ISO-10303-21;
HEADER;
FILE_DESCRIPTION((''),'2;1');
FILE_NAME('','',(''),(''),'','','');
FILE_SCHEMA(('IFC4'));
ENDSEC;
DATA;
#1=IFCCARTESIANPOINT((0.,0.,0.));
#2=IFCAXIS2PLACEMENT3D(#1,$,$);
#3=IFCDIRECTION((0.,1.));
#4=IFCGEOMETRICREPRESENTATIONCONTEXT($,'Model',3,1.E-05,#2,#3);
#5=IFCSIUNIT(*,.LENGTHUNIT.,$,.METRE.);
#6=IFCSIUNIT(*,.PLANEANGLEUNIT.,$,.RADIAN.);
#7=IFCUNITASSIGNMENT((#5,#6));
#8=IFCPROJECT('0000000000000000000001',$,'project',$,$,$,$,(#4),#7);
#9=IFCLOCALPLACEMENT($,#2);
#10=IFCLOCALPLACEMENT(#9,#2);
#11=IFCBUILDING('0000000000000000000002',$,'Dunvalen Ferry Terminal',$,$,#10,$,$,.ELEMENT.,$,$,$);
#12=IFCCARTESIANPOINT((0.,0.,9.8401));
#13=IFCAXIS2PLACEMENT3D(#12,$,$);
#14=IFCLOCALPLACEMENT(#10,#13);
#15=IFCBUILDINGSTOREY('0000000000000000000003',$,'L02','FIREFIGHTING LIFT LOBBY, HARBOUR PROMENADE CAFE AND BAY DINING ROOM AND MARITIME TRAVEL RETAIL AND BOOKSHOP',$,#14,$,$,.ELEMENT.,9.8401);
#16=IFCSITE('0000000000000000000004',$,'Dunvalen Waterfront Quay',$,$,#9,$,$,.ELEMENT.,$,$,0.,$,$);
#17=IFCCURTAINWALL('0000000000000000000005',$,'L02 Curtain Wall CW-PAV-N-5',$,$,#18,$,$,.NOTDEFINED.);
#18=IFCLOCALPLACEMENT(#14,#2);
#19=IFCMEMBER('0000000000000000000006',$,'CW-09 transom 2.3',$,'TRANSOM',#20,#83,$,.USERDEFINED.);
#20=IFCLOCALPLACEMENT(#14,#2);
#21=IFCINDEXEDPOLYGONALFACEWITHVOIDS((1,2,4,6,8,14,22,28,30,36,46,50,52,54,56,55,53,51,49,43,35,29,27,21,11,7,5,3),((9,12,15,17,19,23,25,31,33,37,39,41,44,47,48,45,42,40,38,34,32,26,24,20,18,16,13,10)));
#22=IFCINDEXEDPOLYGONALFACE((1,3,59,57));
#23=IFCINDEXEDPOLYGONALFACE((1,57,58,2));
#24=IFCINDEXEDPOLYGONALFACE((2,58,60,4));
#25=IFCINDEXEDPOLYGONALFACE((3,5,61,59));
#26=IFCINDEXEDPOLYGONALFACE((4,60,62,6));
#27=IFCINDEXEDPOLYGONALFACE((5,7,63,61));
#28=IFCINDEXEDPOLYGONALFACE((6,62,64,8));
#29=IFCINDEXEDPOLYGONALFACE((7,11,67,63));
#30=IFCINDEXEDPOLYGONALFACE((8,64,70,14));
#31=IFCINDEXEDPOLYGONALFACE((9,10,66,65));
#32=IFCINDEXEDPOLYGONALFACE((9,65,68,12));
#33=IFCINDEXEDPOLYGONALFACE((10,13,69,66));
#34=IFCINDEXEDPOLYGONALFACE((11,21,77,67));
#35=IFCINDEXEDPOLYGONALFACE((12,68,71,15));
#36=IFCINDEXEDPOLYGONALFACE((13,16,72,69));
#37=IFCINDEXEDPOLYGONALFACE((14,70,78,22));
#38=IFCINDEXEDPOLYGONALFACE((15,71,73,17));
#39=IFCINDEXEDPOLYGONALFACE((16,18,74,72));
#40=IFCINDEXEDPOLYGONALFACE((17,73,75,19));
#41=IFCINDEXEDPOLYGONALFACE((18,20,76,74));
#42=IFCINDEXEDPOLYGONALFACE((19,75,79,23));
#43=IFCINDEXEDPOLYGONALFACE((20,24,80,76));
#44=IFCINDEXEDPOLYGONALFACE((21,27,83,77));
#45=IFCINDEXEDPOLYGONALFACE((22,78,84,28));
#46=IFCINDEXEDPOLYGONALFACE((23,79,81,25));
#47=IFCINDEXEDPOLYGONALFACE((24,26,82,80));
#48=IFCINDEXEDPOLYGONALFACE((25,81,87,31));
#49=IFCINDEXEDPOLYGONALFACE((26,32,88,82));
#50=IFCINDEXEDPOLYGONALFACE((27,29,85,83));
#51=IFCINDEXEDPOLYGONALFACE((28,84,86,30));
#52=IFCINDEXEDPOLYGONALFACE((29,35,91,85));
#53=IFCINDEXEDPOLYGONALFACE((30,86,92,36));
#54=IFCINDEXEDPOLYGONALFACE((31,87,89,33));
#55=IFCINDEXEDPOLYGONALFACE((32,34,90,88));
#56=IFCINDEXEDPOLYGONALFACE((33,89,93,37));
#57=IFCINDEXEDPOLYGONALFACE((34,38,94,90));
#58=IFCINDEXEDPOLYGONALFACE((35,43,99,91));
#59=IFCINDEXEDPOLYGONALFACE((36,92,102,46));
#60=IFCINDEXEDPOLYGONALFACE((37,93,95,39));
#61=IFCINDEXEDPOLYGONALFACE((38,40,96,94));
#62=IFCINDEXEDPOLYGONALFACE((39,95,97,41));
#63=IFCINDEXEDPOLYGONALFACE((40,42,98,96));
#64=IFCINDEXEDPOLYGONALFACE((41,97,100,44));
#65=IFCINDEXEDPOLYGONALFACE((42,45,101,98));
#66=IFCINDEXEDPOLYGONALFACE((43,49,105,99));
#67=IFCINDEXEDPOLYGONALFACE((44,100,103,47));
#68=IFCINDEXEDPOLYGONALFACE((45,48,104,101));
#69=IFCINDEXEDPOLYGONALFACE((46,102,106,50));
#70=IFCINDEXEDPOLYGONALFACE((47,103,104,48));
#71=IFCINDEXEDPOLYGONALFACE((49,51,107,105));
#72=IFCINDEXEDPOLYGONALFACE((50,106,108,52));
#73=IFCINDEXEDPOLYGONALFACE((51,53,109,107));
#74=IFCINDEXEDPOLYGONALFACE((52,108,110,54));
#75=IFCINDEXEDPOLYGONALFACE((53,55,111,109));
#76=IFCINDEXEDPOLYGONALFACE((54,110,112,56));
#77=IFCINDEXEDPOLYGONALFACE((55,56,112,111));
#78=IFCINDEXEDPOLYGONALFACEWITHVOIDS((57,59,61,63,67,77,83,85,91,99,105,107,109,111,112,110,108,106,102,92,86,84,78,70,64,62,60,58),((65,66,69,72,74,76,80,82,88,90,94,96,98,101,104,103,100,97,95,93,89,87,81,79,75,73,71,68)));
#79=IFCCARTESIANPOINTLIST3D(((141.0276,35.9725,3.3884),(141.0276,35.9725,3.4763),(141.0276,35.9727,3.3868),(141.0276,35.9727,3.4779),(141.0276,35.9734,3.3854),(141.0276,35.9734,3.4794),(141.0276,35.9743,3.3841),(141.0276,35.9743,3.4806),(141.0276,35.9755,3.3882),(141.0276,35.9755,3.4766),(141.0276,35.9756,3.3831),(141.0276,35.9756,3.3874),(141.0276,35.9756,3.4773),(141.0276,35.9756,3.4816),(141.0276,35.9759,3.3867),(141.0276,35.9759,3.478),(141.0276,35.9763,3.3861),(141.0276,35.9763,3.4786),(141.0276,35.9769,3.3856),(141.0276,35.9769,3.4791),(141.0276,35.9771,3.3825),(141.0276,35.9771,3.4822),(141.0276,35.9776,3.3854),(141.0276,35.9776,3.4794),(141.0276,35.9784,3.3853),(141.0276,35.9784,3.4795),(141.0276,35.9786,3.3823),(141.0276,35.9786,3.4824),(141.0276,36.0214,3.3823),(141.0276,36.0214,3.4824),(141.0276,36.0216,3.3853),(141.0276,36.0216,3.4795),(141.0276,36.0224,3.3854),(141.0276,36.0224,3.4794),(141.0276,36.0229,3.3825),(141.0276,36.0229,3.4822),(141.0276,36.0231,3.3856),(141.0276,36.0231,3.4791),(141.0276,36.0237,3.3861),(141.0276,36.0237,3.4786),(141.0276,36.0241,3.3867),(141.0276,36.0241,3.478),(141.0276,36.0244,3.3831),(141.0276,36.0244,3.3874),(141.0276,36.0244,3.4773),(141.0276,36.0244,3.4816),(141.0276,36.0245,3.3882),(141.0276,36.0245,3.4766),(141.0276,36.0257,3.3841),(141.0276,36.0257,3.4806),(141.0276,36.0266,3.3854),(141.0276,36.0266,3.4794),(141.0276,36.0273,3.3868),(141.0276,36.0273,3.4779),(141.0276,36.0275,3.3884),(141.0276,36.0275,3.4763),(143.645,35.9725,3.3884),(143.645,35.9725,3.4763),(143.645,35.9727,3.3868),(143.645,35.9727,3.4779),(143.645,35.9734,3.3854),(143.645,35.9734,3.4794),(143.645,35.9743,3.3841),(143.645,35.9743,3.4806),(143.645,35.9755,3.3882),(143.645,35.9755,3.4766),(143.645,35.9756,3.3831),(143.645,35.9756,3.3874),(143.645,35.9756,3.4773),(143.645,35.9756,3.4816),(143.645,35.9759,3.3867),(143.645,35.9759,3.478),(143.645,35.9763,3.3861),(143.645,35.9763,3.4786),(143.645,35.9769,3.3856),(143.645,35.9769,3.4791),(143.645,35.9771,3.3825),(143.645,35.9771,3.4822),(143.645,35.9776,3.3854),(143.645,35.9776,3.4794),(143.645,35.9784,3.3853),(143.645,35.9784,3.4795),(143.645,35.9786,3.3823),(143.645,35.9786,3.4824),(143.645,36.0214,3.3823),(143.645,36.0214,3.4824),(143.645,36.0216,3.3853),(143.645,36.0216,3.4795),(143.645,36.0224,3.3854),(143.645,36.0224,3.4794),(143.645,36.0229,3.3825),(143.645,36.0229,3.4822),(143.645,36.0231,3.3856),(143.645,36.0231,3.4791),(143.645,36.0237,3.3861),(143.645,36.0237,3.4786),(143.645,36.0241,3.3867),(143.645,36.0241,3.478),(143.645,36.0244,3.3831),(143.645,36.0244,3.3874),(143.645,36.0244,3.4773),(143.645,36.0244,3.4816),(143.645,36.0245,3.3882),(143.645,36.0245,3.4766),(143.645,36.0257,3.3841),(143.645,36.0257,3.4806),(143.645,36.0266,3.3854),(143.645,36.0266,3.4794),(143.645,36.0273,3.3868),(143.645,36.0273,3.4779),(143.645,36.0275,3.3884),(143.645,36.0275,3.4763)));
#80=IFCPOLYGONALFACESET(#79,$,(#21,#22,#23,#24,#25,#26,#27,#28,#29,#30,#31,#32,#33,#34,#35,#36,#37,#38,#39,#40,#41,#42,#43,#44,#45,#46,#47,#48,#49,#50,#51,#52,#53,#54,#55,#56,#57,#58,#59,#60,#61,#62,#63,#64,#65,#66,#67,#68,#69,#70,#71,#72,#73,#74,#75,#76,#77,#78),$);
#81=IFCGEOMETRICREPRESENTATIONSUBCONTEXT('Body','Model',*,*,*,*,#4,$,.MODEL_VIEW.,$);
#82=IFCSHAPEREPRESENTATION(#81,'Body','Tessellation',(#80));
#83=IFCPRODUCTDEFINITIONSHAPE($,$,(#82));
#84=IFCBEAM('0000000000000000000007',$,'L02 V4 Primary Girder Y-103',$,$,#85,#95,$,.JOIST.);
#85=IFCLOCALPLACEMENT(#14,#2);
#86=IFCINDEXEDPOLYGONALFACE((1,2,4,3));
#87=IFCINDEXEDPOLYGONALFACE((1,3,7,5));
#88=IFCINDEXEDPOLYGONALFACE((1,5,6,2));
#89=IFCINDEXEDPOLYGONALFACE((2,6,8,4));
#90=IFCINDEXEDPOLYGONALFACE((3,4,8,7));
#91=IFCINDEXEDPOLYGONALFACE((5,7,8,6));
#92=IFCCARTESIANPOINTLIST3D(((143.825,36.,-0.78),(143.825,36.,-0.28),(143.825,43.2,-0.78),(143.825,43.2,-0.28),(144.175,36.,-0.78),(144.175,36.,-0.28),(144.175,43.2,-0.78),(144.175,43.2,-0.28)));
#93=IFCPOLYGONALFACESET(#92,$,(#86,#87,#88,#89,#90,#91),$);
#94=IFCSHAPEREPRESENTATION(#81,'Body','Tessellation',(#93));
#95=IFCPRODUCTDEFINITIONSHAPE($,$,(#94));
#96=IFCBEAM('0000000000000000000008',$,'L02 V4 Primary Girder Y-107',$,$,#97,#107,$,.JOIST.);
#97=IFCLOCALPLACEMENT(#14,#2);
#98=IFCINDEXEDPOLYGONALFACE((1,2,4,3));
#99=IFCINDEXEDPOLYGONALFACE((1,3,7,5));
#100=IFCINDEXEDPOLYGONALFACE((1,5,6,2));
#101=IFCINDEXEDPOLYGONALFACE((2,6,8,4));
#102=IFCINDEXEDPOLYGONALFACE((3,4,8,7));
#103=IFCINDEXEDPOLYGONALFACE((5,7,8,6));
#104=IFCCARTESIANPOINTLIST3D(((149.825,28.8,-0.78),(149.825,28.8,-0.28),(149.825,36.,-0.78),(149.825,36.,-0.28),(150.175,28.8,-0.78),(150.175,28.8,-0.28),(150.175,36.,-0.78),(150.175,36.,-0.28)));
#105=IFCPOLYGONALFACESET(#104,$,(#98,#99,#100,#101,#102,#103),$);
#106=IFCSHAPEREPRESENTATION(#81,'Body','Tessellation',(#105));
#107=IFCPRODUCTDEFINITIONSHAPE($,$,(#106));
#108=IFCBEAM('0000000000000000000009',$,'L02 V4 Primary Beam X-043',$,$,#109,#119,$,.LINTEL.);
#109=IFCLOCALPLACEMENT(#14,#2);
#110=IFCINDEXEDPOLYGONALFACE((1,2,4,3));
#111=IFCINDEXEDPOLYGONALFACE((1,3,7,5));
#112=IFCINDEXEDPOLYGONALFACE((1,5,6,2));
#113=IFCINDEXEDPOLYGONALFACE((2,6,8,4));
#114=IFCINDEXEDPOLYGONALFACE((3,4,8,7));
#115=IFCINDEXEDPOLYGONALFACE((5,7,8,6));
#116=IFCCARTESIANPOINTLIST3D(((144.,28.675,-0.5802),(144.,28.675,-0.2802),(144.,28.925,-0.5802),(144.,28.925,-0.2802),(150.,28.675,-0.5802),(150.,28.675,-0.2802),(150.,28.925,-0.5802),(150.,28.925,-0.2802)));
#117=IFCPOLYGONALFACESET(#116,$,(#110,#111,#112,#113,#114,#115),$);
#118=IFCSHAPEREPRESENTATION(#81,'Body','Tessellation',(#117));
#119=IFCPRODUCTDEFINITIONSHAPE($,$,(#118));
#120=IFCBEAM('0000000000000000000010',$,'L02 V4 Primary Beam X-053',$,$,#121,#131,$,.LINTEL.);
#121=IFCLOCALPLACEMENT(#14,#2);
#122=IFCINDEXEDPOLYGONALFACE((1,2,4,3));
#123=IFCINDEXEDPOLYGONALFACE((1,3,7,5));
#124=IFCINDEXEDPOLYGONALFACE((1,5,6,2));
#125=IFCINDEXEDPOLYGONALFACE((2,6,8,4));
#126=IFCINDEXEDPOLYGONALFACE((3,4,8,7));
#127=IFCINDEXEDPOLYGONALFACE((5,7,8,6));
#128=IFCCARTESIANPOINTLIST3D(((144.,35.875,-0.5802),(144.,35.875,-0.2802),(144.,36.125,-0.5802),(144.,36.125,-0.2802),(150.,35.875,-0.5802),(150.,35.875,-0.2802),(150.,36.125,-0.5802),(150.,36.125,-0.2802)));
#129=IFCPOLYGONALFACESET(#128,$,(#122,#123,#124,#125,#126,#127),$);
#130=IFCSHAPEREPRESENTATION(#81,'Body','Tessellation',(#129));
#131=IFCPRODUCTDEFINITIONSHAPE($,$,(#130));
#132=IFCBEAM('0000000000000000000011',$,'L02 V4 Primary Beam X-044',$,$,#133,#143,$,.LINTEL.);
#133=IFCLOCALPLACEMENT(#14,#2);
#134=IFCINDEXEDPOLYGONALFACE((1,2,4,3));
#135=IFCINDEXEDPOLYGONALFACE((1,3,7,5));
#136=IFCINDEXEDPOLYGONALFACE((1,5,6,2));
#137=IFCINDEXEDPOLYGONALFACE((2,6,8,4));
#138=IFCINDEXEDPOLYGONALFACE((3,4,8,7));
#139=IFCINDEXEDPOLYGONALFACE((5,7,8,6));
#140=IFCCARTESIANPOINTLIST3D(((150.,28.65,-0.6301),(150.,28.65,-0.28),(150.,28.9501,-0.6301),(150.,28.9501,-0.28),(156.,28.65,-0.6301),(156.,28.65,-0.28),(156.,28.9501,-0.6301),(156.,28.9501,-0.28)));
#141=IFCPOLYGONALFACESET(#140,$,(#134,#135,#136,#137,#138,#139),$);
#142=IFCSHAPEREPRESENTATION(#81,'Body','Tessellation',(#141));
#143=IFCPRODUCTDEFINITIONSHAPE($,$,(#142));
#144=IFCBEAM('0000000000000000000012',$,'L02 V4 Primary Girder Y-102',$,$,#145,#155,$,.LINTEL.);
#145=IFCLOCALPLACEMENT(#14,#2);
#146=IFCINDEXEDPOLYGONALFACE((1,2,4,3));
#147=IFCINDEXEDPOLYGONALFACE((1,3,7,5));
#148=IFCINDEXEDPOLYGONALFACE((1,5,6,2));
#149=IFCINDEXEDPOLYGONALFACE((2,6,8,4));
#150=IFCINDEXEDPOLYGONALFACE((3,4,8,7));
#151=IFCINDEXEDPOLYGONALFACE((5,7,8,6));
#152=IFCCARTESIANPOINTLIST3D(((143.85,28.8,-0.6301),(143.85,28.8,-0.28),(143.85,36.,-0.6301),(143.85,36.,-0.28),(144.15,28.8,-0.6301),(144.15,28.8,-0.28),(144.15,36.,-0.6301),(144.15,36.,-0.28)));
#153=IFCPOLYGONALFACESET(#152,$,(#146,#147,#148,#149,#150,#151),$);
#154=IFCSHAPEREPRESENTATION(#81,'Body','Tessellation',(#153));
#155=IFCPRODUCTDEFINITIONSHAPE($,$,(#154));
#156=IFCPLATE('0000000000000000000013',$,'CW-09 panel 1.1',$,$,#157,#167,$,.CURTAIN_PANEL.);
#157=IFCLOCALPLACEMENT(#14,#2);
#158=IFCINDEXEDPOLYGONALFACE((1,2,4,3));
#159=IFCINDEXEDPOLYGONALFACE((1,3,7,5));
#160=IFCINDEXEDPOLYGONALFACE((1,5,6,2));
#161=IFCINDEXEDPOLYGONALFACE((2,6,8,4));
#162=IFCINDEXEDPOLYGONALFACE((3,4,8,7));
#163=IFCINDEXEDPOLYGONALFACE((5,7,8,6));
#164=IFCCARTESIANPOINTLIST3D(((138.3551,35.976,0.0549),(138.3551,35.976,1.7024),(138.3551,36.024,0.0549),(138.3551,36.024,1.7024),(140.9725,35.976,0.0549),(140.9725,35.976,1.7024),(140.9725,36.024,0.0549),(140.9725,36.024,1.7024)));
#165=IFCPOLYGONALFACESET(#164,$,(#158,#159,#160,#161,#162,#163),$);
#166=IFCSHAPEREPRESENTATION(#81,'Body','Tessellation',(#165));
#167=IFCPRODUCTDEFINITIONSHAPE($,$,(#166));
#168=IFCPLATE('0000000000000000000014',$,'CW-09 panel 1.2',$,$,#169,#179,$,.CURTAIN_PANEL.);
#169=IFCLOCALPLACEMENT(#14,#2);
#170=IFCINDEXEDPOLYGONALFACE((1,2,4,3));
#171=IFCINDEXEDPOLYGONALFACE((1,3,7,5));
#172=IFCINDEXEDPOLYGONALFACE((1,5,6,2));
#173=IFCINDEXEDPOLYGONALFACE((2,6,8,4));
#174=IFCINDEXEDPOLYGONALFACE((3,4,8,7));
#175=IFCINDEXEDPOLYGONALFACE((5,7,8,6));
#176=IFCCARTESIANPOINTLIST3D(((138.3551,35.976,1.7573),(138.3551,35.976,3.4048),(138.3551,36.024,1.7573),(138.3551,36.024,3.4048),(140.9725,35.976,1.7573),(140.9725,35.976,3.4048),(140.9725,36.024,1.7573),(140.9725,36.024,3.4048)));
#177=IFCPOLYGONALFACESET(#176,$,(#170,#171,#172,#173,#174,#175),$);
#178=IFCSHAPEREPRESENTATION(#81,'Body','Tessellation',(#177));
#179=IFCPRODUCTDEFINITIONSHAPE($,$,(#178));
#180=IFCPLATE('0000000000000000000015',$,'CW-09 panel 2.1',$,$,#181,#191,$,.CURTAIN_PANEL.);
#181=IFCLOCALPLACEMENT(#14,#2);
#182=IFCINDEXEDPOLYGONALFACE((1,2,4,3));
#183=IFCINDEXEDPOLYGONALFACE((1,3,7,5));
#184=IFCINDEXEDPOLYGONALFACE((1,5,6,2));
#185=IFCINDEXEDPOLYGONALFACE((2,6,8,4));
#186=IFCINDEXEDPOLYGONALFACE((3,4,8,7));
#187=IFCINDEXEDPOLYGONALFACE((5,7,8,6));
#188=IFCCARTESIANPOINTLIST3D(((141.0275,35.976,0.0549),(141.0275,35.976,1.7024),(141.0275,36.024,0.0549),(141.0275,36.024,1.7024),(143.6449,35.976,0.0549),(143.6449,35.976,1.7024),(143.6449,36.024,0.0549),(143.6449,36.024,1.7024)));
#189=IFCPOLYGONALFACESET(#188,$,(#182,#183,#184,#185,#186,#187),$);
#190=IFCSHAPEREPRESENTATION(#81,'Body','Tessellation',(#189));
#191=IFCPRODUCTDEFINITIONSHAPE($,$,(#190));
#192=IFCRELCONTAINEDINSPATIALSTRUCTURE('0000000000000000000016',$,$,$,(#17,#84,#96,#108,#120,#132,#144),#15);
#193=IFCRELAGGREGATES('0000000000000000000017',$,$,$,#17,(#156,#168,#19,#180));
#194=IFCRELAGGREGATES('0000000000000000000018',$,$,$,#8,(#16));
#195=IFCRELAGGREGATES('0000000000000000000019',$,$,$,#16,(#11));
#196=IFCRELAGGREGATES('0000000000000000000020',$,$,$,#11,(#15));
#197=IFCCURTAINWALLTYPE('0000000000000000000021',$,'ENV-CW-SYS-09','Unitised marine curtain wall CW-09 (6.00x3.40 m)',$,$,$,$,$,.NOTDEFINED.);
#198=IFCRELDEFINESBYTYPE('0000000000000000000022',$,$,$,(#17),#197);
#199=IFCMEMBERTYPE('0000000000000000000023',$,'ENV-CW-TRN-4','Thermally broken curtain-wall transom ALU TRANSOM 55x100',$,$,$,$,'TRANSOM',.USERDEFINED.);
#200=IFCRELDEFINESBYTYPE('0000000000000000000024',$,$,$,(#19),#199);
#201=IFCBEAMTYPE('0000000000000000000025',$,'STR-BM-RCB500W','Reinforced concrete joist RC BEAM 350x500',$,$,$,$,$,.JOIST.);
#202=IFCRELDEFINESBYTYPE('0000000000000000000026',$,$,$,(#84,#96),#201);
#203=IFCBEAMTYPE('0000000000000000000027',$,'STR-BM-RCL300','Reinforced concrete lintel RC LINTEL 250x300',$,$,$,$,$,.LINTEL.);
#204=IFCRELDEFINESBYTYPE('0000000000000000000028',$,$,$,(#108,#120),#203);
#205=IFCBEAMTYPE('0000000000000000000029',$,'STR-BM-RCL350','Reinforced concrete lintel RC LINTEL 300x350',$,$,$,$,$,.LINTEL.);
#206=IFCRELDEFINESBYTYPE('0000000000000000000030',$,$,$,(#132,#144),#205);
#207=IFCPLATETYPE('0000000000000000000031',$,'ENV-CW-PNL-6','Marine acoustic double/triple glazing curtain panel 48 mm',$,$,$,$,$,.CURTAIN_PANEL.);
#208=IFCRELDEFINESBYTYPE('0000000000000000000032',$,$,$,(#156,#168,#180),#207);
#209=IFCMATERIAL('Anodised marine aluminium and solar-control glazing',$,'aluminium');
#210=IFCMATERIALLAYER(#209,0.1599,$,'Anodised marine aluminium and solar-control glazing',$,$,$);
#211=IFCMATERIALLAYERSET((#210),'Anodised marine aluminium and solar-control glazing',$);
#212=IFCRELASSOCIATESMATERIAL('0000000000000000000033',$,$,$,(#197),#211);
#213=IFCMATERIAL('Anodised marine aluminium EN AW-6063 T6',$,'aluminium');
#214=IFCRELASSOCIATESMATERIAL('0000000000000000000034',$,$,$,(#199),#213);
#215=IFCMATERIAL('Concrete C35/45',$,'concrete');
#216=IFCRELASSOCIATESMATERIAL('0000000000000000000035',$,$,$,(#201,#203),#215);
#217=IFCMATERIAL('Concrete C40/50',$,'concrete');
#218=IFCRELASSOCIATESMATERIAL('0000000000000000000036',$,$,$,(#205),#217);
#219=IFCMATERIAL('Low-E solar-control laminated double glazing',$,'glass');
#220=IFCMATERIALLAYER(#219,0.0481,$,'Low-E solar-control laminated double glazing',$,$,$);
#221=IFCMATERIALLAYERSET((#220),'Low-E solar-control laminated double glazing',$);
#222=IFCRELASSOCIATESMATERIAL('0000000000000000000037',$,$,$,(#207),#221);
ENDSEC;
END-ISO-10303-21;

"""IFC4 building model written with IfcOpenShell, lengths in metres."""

from ifc_helpers import new_model, si_unit, direction, frame, origin, origin_2d, place, context, subcontext, project, spatial, rectangle, hollow_rectangle, extrude, material, layer, layer_set, material_profile, profile_set, type_object, element, aggregate, save


model = new_model("IFC4")

# Units and contexts
model_context = context("Model", 3, precision=1e-05, world=origin(), true_north=direction((0.0, 1.0)))
body_context = subcontext(model_context, "Body", "Model", "MODEL_VIEW")
ifc_project = project(units=[si_unit("LENGTHUNIT", "METRE"), si_unit("PLANEANGLEUNIT", "RADIAN")], contexts=[model_context])

# Site, building, storey
site_placement = place(None, origin())
site = spatial("IfcSite", under=ifc_project, at=site_placement, Name="Dunvalen Waterfront Quay", CompositionType="ELEMENT", RefElevation=0.0)
building_placement = place(site_placement, origin())
building = spatial("IfcBuilding", under=site, at=building_placement, Name="Dunvalen Ferry Terminal", CompositionType="ELEMENT")
storey_placement = place(building_placement, frame((0.0, 0.0, 9.8401)))
storey = spatial("IfcBuildingStorey", under=building, at=storey_placement, Name="L02", Description="FIREFIGHTING LIFT LOBBY, HARBOUR PROMENADE CAFE AND BAY DINING ROOM AND MARITIME TRAVEL RETAIL AND BOOKSHOP", CompositionType="ELEMENT", Elevation=9.8401)

# Curtain wall, member
ifc_material_1 = material(Name="Anodised marine aluminium and solar-control glazing", Category="aluminium")
ifc_layer_1 = layer(ifc_material_1, 0.1599, Name="Anodised marine aluminium and solar-control glazing")
ifc_layer_set_1 = layer_set([ifc_layer_1], Name="Anodised marine aluminium and solar-control glazing")
curtain_wall_type = type_object("IfcCurtainWallType", Name="ENV-CW-SYS-09", Description="Unitised marine curtain wall CW-09 (6.00x3.40 m)", PredefinedType="NOTDEFINED", material=ifc_layer_set_1)
curtain_wall_placement = place(storey_placement, origin())
curtain_wall = element("IfcCurtainWall", 1, at=curtain_wall_placement, inside=storey, type_object=curtain_wall_type, Name="L02 Curtain Wall CW-PAV-N-5", PredefinedType="NOTDEFINED")
ifc_material_2 = material(Name="Anodised marine aluminium EN AW-6063 T6", Category="aluminium")
ifc_material_profile_1 = material_profile(ifc_material_2, hollow_rectangle(XDim=0.0549, YDim=0.1001, WallThickness=0.0029, InnerFilletRadius=0.0029, OuterFilletRadius=0.0061, at=origin_2d()), Name="Anodised marine aluminium EN AW-6063 T6")
ifc_profile_set_1 = profile_set([ifc_material_profile_1], Name="Anodised marine aluminium EN AW-6063 T6")
member_type_1 = type_object("IfcMemberType", Name="ENV-CW-TRN-4", Description="Thermally broken curtain-wall transom ALU TRANSOM 55x100", ElementType="TRANSOM", PredefinedType="USERDEFINED", material=ifc_profile_set_1)
member_1_placement = place(storey_placement, frame((141.0276, 36.0, 3.4324), z_axis=(1.0, 0.0, 0.0), x_axis=(0.0, 1.0, 0.0)))
member_1 = element("IfcMember", 2, at=member_1_placement, type_object=member_type_1, Name="CW-09 transom 2.3", ObjectType="TRANSOM", PredefinedType="USERDEFINED", context=body_context, shape_type="SweptSolid", body=[
    extrude(hollow_rectangle(XDim=0.0549, YDim=0.1001, WallThickness=0.0029, InnerFilletRadius=0.0029, OuterFilletRadius=0.0061, at=origin_2d()), origin(), (0.0, 0.0, 1.0), 2.6174),
])

# Beams
ifc_material_3 = material(Name="Concrete C35/45", Category="concrete")
ifc_material_profile_2 = material_profile(ifc_material_3, rectangle(XDim=0.3501, YDim=0.5, at=origin_2d()), Name="Concrete C35/45")
ifc_profile_set_2 = profile_set([ifc_material_profile_2], Name="Concrete C35/45")
beam_type_1 = type_object("IfcBeamType", Name="STR-BM-RCB500W", Description="Reinforced concrete joist RC BEAM 350x500", PredefinedType="JOIST", material=ifc_profile_set_2)
for number, where, z_axis, x_axis, name in (
    (3, (144.0, 36.0, -0.53), (0.0, 1.0, 0.0), (-1.0, 0.0, 0.0), "L02 V4 Primary Girder Y-103"),
    (4, (150.0, 28.8, -0.53), (0.0, 1.0, 0.0), (-1.0, 0.0, 0.0), "L02 V4 Primary Girder Y-107"),
):
    element("IfcBeam", number, at=place(storey_placement, frame(where, z_axis=z_axis, x_axis=x_axis)), inside=storey, type_object=beam_type_1, Name=name, PredefinedType="JOIST", context=body_context, shape_type="SweptSolid", body=[
        extrude(rectangle(XDim=0.3501, YDim=0.5, at=origin_2d()), origin(), (0.0, 0.0, 1.0), 7.2),
    ])
ifc_material_profile_3 = material_profile(ifc_material_3, rectangle(XDim=0.25, YDim=0.3, at=origin_2d()), Name="Concrete C35/45")
ifc_profile_set_3 = profile_set([ifc_material_profile_3], Name="Concrete C35/45")
beam_type_2 = type_object("IfcBeamType", Name="STR-BM-RCL300", Description="Reinforced concrete lintel RC LINTEL 250x300", PredefinedType="LINTEL", material=ifc_profile_set_3)
for number, where, z_axis, x_axis, name in (
    (5, (144.0, 28.8, -0.4302), (1.0, 0.0, 0.0), (0.0, 1.0, 0.0), "L02 V4 Primary Beam X-043"),
    (6, (144.0, 36.0, -0.4302), (1.0, 0.0, 0.0), (0.0, 1.0, 0.0), "L02 V4 Primary Beam X-053"),
):
    element("IfcBeam", number, at=place(storey_placement, frame(where, z_axis=z_axis, x_axis=x_axis)), inside=storey, type_object=beam_type_2, Name=name, PredefinedType="LINTEL", context=body_context, shape_type="SweptSolid", body=[
        extrude(rectangle(XDim=0.25, YDim=0.3, at=origin_2d()), origin(), (0.0, 0.0, 1.0), 6.0),
    ])
ifc_material_4 = material(Name="Concrete C40/50", Category="concrete")
ifc_material_profile_4 = material_profile(ifc_material_4, rectangle(XDim=0.3, YDim=0.3501, at=origin_2d()), Name="Concrete C40/50")
ifc_profile_set_4 = profile_set([ifc_material_profile_4], Name="Concrete C40/50")
beam_type_3 = type_object("IfcBeamType", Name="STR-BM-RCL350", Description="Reinforced concrete lintel RC LINTEL 300x350", PredefinedType="LINTEL", material=ifc_profile_set_4)
beam_1_placement = place(storey_placement, frame((150.0, 28.8, -0.4551), z_axis=(1.0, 0.0, 0.0), x_axis=(0.0, 1.0, 0.0)))
element("IfcBeam", 7, at=beam_1_placement, inside=storey, type_object=beam_type_3, Name="L02 V4 Primary Beam X-044", PredefinedType="LINTEL", context=body_context, shape_type="SweptSolid", body=[
    extrude(rectangle(XDim=0.3, YDim=0.3501, at=origin_2d()), origin(), (0.0, 0.0, 1.0), 6.0),
])
beam_2_placement = place(storey_placement, frame((144.0, 28.8, -0.4551), z_axis=(0.0, 1.0, 0.0), x_axis=(-1.0, 0.0, 0.0)))
element("IfcBeam", 8, at=beam_2_placement, inside=storey, type_object=beam_type_3, Name="L02 V4 Primary Girder Y-102", PredefinedType="LINTEL", context=body_context, shape_type="SweptSolid", body=[
    extrude(rectangle(XDim=0.3, YDim=0.3501, at=origin_2d()), origin(), (0.0, 0.0, 1.0), 7.2),
])

# Plates
ifc_material_5 = material(Name="Low-E solar-control laminated double glazing", Category="glass")
ifc_layer_2 = layer(ifc_material_5, 0.0481, Name="Low-E solar-control laminated double glazing")
ifc_layer_set_2 = layer_set([ifc_layer_2], Name="Low-E solar-control laminated double glazing")
plate_type = type_object("IfcPlateType", Name="ENV-CW-PNL-6", Description="Marine acoustic double/triple glazing curtain panel 48 mm", PredefinedType="CURTAIN_PANEL", material=ifc_layer_set_2)
plate_1_placement = place(storey_placement, frame((139.6638, 36.0, 0.0549), z_axis=(0.0, 0.0, 1.0), x_axis=(1.0, 0.0, 0.0)))
plate_1 = element("IfcPlate", 9, at=plate_1_placement, type_object=plate_type, Name="CW-09 panel 1.1", PredefinedType="CURTAIN_PANEL", context=body_context, shape_type="SweptSolid", body=[
    extrude(rectangle(XDim=2.6174, YDim=0.0481, at=origin_2d()), origin(), (0.0, 0.0, 1.0), 1.6475),
])
plate_2_placement = place(storey_placement, frame((139.6638, 36.0, 1.7573), z_axis=(0.0, 0.0, 1.0), x_axis=(1.0, 0.0, 0.0)))
plate_2 = element("IfcPlate", 10, at=plate_2_placement, type_object=plate_type, Name="CW-09 panel 1.2", PredefinedType="CURTAIN_PANEL", context=body_context, shape_type="SweptSolid", body=[
    extrude(rectangle(XDim=2.6174, YDim=0.0481, at=origin_2d()), origin(), (0.0, 0.0, 1.0), 1.6475),
])
plate_3_placement = place(storey_placement, frame((142.3362, 36.0, 0.0549), z_axis=(0.0, 0.0, 1.0), x_axis=(1.0, 0.0, 0.0)))
plate_3 = element("IfcPlate", 11, at=plate_3_placement, type_object=plate_type, Name="CW-09 panel 2.1", PredefinedType="CURTAIN_PANEL", context=body_context, shape_type="SweptSolid", body=[
    extrude(rectangle(XDim=2.6174, YDim=0.0481, at=origin_2d()), origin(), (0.0, 0.0, 1.0), 1.6475),
])
aggregate(curtain_wall, [plate_1, plate_2, member_1, plate_3])

save(model, "model.ifc")
